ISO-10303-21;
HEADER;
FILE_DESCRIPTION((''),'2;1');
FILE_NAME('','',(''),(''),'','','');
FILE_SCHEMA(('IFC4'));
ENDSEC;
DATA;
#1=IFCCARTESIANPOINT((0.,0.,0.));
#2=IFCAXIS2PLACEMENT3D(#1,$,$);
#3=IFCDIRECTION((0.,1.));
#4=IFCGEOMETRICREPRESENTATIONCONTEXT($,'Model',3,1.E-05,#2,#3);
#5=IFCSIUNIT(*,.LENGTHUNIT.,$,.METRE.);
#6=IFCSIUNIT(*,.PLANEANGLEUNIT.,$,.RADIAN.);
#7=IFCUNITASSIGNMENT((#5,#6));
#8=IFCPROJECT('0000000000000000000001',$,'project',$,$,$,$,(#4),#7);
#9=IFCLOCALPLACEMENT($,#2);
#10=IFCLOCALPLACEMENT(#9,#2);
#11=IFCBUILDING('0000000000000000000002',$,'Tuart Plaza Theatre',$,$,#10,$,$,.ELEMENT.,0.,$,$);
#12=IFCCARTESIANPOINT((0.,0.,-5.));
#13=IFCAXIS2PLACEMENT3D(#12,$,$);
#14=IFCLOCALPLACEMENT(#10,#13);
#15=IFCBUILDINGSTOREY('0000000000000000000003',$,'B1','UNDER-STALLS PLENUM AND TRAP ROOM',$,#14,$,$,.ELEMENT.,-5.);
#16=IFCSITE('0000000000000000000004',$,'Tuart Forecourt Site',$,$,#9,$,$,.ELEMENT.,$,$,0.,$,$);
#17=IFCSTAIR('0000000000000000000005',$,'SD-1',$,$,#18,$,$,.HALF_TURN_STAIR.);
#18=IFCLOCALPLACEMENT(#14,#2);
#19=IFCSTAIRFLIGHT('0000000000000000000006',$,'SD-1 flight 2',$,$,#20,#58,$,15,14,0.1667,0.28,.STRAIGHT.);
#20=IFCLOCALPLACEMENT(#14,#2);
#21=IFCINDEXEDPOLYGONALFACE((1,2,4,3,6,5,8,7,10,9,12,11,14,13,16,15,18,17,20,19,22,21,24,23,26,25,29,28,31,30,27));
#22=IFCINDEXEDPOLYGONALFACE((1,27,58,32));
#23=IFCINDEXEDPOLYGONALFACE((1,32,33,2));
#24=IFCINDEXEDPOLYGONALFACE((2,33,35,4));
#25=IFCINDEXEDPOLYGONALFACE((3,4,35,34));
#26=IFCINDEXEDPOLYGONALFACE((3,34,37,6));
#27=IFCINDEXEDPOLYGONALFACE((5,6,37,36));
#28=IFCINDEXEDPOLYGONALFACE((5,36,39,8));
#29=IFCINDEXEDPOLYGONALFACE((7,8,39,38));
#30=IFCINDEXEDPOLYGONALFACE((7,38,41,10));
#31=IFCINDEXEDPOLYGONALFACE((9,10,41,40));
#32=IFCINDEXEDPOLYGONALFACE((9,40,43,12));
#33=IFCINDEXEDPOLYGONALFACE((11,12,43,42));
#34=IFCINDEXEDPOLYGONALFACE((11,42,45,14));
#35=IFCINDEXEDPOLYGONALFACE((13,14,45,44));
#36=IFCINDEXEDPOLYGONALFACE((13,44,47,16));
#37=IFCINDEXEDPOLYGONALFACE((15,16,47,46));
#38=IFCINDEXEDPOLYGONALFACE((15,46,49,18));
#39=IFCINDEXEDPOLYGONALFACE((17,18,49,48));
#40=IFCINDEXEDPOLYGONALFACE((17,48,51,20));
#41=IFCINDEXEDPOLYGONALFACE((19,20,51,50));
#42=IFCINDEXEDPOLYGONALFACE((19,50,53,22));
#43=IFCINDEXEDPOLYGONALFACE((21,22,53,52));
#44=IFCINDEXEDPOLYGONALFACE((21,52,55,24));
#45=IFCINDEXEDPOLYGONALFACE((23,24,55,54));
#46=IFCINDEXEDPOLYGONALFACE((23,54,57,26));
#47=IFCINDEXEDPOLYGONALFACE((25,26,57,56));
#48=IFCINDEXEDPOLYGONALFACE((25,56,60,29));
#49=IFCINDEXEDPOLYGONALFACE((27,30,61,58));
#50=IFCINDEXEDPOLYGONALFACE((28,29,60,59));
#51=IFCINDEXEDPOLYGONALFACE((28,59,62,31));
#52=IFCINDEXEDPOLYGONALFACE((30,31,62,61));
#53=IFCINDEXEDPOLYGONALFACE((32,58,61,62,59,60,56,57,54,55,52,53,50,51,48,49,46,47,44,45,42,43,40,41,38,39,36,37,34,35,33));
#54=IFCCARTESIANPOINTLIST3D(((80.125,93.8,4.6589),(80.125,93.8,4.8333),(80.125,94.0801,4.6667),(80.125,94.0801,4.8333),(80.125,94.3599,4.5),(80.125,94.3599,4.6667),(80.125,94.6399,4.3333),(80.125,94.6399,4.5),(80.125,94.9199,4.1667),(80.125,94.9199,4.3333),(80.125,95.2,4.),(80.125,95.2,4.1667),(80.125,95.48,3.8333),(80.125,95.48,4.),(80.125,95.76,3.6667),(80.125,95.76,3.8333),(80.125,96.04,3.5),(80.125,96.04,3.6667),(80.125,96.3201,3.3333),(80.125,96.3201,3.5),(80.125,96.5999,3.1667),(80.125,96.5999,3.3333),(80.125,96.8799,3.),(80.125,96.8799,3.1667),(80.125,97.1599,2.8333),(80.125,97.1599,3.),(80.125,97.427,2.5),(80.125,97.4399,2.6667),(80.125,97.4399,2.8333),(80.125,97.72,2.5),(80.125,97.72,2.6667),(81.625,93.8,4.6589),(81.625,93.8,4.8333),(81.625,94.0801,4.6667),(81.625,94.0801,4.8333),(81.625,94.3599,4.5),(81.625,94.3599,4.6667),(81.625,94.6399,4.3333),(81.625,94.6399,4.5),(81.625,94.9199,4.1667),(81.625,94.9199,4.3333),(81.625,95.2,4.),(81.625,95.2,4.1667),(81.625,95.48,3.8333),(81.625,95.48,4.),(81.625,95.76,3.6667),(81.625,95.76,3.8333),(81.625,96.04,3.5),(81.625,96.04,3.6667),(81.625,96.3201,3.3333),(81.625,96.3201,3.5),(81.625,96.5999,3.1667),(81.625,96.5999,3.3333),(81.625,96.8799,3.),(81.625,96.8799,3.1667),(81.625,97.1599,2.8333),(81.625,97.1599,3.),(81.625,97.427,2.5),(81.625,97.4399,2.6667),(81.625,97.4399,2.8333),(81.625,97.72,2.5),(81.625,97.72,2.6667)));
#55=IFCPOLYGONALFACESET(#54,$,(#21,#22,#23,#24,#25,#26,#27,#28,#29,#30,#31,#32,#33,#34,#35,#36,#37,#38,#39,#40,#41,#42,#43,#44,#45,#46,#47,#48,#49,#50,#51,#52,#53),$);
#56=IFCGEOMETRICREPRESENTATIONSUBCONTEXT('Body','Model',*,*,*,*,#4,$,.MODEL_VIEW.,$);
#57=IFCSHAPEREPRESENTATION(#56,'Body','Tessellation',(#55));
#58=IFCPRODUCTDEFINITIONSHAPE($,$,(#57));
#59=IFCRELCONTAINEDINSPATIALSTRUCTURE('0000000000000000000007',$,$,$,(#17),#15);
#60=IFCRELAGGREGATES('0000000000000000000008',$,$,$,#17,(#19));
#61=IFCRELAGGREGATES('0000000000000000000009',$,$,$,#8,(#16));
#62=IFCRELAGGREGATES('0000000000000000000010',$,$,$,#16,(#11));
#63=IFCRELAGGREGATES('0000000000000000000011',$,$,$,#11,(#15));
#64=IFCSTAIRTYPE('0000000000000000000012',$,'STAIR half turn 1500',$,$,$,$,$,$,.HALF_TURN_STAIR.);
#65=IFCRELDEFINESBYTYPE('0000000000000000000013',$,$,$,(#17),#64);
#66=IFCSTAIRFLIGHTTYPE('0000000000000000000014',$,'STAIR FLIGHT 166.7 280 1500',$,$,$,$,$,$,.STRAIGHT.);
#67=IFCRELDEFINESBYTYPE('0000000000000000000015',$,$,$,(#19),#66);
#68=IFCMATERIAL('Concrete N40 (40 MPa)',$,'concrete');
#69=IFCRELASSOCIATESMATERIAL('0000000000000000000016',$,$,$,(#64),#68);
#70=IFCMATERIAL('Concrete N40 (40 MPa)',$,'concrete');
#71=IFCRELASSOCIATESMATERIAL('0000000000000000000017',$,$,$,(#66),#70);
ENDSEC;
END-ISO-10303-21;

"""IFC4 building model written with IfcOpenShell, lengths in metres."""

from ifc_helpers import new_model, si_unit, direction, frame, origin, place, context, subcontext, project, spatial, polyline, outline, extrude, material, type_object, element, aggregate, save


model = new_model("IFC4")

# Units and contexts
model_context = context("Model", 3, precision=1e-05, world=origin(), true_north=direction((0.0, 1.0)))
body_context = subcontext(model_context, "Body", "Model", "MODEL_VIEW")
ifc_project = project(units=[si_unit("LENGTHUNIT", "METRE"), si_unit("PLANEANGLEUNIT", "RADIAN")], contexts=[model_context])

# Site, building, storey
site_placement = place(None, origin())
site = spatial("IfcSite", under=ifc_project, at=site_placement, Name="Tuart Forecourt Site", CompositionType="ELEMENT", RefElevation=0.0)
building_placement = place(site_placement, origin())
building = spatial("IfcBuilding", under=site, at=building_placement, Name="Tuart Plaza Theatre", CompositionType="ELEMENT", ElevationOfRefHeight=0.0)
storey_placement = place(building_placement, frame((0.0, 0.0, -5.0)))
storey = spatial("IfcBuildingStorey", under=building, at=storey_placement, Name="B1", Description="UNDER-STALLS PLENUM AND TRAP ROOM", CompositionType="ELEMENT", Elevation=-5.0)

# Stair, stair flight
ifc_material_1 = material(Name="Concrete N40 (40 MPa)", Category="concrete")
stair_type = type_object("IfcStairType", Name="STAIR half turn 1500", PredefinedType="HALF_TURN_STAIR", material=ifc_material_1)
stair_placement = place(storey_placement, origin())
stair = element("IfcStair", 1, at=stair_placement, inside=storey, type_object=stair_type, Name="SD-1", PredefinedType="HALF_TURN_STAIR")
ifc_material_2 = material(Name="Concrete N40 (40 MPa)", Category="concrete")
stair_flight_type = type_object("IfcStairFlightType", Name="STAIR FLIGHT 166.7 280 1500", PredefinedType="STRAIGHT", material=ifc_material_2)
stair_flight_1_placement = place(storey_placement, frame((80.875, 97.72, 2.5), z_axis=(0.0, 0.0, 1.0), x_axis=(0.0, -1.0, 0.0)))
stair_flight_1 = element("IfcStairFlight", 2, at=stair_flight_1_placement, type_object=stair_flight_type, Name="SD-1 flight 2", NumberOfRisers=15, NumberOfTreads=14, PredefinedType="STRAIGHT", RiserHeight=0.1667, TreadLength=0.28, context=body_context, shape_type="SweptSolid", body=[
    extrude(outline(polyline([(0.0, 0.0), (0.0, 0.1667), (0.28, 0.1667), (0.28, 0.3333), (0.5601, 0.3333), (0.5601, 0.5), (0.8401, 0.5), (0.8401, 0.6667), (1.1201, 0.6667), (1.1201, 0.8333), (1.3999, 0.8333), (1.3999, 1.0), (1.6799, 1.0), (1.6799, 1.1667), (1.96, 1.1667), (1.96, 1.3333), (2.24, 1.3333), (2.24, 1.5), (2.52, 1.5), (2.52, 1.6667), (2.8, 1.6667), (2.8, 1.8333), (3.0801, 1.8333), (3.0801, 2.0), (3.3601, 2.0), (3.3601, 2.1667), (3.6399, 2.1667), (3.6399, 2.3333), (3.9199, 2.3333), (3.9199, 2.5), (3.9199, 2.1589), (0.293, 0.0), (0.0, 0.0)])), frame((0.0, 0.75, 0.0), z_axis=(0.0, -1.0, 0.0), x_axis=(1.0, 0.0, 0.0)), (0.0, 0.0, 1.0), 1.5),
])
aggregate(stair, [stair_flight_1])

save(model, "model.ifc")
